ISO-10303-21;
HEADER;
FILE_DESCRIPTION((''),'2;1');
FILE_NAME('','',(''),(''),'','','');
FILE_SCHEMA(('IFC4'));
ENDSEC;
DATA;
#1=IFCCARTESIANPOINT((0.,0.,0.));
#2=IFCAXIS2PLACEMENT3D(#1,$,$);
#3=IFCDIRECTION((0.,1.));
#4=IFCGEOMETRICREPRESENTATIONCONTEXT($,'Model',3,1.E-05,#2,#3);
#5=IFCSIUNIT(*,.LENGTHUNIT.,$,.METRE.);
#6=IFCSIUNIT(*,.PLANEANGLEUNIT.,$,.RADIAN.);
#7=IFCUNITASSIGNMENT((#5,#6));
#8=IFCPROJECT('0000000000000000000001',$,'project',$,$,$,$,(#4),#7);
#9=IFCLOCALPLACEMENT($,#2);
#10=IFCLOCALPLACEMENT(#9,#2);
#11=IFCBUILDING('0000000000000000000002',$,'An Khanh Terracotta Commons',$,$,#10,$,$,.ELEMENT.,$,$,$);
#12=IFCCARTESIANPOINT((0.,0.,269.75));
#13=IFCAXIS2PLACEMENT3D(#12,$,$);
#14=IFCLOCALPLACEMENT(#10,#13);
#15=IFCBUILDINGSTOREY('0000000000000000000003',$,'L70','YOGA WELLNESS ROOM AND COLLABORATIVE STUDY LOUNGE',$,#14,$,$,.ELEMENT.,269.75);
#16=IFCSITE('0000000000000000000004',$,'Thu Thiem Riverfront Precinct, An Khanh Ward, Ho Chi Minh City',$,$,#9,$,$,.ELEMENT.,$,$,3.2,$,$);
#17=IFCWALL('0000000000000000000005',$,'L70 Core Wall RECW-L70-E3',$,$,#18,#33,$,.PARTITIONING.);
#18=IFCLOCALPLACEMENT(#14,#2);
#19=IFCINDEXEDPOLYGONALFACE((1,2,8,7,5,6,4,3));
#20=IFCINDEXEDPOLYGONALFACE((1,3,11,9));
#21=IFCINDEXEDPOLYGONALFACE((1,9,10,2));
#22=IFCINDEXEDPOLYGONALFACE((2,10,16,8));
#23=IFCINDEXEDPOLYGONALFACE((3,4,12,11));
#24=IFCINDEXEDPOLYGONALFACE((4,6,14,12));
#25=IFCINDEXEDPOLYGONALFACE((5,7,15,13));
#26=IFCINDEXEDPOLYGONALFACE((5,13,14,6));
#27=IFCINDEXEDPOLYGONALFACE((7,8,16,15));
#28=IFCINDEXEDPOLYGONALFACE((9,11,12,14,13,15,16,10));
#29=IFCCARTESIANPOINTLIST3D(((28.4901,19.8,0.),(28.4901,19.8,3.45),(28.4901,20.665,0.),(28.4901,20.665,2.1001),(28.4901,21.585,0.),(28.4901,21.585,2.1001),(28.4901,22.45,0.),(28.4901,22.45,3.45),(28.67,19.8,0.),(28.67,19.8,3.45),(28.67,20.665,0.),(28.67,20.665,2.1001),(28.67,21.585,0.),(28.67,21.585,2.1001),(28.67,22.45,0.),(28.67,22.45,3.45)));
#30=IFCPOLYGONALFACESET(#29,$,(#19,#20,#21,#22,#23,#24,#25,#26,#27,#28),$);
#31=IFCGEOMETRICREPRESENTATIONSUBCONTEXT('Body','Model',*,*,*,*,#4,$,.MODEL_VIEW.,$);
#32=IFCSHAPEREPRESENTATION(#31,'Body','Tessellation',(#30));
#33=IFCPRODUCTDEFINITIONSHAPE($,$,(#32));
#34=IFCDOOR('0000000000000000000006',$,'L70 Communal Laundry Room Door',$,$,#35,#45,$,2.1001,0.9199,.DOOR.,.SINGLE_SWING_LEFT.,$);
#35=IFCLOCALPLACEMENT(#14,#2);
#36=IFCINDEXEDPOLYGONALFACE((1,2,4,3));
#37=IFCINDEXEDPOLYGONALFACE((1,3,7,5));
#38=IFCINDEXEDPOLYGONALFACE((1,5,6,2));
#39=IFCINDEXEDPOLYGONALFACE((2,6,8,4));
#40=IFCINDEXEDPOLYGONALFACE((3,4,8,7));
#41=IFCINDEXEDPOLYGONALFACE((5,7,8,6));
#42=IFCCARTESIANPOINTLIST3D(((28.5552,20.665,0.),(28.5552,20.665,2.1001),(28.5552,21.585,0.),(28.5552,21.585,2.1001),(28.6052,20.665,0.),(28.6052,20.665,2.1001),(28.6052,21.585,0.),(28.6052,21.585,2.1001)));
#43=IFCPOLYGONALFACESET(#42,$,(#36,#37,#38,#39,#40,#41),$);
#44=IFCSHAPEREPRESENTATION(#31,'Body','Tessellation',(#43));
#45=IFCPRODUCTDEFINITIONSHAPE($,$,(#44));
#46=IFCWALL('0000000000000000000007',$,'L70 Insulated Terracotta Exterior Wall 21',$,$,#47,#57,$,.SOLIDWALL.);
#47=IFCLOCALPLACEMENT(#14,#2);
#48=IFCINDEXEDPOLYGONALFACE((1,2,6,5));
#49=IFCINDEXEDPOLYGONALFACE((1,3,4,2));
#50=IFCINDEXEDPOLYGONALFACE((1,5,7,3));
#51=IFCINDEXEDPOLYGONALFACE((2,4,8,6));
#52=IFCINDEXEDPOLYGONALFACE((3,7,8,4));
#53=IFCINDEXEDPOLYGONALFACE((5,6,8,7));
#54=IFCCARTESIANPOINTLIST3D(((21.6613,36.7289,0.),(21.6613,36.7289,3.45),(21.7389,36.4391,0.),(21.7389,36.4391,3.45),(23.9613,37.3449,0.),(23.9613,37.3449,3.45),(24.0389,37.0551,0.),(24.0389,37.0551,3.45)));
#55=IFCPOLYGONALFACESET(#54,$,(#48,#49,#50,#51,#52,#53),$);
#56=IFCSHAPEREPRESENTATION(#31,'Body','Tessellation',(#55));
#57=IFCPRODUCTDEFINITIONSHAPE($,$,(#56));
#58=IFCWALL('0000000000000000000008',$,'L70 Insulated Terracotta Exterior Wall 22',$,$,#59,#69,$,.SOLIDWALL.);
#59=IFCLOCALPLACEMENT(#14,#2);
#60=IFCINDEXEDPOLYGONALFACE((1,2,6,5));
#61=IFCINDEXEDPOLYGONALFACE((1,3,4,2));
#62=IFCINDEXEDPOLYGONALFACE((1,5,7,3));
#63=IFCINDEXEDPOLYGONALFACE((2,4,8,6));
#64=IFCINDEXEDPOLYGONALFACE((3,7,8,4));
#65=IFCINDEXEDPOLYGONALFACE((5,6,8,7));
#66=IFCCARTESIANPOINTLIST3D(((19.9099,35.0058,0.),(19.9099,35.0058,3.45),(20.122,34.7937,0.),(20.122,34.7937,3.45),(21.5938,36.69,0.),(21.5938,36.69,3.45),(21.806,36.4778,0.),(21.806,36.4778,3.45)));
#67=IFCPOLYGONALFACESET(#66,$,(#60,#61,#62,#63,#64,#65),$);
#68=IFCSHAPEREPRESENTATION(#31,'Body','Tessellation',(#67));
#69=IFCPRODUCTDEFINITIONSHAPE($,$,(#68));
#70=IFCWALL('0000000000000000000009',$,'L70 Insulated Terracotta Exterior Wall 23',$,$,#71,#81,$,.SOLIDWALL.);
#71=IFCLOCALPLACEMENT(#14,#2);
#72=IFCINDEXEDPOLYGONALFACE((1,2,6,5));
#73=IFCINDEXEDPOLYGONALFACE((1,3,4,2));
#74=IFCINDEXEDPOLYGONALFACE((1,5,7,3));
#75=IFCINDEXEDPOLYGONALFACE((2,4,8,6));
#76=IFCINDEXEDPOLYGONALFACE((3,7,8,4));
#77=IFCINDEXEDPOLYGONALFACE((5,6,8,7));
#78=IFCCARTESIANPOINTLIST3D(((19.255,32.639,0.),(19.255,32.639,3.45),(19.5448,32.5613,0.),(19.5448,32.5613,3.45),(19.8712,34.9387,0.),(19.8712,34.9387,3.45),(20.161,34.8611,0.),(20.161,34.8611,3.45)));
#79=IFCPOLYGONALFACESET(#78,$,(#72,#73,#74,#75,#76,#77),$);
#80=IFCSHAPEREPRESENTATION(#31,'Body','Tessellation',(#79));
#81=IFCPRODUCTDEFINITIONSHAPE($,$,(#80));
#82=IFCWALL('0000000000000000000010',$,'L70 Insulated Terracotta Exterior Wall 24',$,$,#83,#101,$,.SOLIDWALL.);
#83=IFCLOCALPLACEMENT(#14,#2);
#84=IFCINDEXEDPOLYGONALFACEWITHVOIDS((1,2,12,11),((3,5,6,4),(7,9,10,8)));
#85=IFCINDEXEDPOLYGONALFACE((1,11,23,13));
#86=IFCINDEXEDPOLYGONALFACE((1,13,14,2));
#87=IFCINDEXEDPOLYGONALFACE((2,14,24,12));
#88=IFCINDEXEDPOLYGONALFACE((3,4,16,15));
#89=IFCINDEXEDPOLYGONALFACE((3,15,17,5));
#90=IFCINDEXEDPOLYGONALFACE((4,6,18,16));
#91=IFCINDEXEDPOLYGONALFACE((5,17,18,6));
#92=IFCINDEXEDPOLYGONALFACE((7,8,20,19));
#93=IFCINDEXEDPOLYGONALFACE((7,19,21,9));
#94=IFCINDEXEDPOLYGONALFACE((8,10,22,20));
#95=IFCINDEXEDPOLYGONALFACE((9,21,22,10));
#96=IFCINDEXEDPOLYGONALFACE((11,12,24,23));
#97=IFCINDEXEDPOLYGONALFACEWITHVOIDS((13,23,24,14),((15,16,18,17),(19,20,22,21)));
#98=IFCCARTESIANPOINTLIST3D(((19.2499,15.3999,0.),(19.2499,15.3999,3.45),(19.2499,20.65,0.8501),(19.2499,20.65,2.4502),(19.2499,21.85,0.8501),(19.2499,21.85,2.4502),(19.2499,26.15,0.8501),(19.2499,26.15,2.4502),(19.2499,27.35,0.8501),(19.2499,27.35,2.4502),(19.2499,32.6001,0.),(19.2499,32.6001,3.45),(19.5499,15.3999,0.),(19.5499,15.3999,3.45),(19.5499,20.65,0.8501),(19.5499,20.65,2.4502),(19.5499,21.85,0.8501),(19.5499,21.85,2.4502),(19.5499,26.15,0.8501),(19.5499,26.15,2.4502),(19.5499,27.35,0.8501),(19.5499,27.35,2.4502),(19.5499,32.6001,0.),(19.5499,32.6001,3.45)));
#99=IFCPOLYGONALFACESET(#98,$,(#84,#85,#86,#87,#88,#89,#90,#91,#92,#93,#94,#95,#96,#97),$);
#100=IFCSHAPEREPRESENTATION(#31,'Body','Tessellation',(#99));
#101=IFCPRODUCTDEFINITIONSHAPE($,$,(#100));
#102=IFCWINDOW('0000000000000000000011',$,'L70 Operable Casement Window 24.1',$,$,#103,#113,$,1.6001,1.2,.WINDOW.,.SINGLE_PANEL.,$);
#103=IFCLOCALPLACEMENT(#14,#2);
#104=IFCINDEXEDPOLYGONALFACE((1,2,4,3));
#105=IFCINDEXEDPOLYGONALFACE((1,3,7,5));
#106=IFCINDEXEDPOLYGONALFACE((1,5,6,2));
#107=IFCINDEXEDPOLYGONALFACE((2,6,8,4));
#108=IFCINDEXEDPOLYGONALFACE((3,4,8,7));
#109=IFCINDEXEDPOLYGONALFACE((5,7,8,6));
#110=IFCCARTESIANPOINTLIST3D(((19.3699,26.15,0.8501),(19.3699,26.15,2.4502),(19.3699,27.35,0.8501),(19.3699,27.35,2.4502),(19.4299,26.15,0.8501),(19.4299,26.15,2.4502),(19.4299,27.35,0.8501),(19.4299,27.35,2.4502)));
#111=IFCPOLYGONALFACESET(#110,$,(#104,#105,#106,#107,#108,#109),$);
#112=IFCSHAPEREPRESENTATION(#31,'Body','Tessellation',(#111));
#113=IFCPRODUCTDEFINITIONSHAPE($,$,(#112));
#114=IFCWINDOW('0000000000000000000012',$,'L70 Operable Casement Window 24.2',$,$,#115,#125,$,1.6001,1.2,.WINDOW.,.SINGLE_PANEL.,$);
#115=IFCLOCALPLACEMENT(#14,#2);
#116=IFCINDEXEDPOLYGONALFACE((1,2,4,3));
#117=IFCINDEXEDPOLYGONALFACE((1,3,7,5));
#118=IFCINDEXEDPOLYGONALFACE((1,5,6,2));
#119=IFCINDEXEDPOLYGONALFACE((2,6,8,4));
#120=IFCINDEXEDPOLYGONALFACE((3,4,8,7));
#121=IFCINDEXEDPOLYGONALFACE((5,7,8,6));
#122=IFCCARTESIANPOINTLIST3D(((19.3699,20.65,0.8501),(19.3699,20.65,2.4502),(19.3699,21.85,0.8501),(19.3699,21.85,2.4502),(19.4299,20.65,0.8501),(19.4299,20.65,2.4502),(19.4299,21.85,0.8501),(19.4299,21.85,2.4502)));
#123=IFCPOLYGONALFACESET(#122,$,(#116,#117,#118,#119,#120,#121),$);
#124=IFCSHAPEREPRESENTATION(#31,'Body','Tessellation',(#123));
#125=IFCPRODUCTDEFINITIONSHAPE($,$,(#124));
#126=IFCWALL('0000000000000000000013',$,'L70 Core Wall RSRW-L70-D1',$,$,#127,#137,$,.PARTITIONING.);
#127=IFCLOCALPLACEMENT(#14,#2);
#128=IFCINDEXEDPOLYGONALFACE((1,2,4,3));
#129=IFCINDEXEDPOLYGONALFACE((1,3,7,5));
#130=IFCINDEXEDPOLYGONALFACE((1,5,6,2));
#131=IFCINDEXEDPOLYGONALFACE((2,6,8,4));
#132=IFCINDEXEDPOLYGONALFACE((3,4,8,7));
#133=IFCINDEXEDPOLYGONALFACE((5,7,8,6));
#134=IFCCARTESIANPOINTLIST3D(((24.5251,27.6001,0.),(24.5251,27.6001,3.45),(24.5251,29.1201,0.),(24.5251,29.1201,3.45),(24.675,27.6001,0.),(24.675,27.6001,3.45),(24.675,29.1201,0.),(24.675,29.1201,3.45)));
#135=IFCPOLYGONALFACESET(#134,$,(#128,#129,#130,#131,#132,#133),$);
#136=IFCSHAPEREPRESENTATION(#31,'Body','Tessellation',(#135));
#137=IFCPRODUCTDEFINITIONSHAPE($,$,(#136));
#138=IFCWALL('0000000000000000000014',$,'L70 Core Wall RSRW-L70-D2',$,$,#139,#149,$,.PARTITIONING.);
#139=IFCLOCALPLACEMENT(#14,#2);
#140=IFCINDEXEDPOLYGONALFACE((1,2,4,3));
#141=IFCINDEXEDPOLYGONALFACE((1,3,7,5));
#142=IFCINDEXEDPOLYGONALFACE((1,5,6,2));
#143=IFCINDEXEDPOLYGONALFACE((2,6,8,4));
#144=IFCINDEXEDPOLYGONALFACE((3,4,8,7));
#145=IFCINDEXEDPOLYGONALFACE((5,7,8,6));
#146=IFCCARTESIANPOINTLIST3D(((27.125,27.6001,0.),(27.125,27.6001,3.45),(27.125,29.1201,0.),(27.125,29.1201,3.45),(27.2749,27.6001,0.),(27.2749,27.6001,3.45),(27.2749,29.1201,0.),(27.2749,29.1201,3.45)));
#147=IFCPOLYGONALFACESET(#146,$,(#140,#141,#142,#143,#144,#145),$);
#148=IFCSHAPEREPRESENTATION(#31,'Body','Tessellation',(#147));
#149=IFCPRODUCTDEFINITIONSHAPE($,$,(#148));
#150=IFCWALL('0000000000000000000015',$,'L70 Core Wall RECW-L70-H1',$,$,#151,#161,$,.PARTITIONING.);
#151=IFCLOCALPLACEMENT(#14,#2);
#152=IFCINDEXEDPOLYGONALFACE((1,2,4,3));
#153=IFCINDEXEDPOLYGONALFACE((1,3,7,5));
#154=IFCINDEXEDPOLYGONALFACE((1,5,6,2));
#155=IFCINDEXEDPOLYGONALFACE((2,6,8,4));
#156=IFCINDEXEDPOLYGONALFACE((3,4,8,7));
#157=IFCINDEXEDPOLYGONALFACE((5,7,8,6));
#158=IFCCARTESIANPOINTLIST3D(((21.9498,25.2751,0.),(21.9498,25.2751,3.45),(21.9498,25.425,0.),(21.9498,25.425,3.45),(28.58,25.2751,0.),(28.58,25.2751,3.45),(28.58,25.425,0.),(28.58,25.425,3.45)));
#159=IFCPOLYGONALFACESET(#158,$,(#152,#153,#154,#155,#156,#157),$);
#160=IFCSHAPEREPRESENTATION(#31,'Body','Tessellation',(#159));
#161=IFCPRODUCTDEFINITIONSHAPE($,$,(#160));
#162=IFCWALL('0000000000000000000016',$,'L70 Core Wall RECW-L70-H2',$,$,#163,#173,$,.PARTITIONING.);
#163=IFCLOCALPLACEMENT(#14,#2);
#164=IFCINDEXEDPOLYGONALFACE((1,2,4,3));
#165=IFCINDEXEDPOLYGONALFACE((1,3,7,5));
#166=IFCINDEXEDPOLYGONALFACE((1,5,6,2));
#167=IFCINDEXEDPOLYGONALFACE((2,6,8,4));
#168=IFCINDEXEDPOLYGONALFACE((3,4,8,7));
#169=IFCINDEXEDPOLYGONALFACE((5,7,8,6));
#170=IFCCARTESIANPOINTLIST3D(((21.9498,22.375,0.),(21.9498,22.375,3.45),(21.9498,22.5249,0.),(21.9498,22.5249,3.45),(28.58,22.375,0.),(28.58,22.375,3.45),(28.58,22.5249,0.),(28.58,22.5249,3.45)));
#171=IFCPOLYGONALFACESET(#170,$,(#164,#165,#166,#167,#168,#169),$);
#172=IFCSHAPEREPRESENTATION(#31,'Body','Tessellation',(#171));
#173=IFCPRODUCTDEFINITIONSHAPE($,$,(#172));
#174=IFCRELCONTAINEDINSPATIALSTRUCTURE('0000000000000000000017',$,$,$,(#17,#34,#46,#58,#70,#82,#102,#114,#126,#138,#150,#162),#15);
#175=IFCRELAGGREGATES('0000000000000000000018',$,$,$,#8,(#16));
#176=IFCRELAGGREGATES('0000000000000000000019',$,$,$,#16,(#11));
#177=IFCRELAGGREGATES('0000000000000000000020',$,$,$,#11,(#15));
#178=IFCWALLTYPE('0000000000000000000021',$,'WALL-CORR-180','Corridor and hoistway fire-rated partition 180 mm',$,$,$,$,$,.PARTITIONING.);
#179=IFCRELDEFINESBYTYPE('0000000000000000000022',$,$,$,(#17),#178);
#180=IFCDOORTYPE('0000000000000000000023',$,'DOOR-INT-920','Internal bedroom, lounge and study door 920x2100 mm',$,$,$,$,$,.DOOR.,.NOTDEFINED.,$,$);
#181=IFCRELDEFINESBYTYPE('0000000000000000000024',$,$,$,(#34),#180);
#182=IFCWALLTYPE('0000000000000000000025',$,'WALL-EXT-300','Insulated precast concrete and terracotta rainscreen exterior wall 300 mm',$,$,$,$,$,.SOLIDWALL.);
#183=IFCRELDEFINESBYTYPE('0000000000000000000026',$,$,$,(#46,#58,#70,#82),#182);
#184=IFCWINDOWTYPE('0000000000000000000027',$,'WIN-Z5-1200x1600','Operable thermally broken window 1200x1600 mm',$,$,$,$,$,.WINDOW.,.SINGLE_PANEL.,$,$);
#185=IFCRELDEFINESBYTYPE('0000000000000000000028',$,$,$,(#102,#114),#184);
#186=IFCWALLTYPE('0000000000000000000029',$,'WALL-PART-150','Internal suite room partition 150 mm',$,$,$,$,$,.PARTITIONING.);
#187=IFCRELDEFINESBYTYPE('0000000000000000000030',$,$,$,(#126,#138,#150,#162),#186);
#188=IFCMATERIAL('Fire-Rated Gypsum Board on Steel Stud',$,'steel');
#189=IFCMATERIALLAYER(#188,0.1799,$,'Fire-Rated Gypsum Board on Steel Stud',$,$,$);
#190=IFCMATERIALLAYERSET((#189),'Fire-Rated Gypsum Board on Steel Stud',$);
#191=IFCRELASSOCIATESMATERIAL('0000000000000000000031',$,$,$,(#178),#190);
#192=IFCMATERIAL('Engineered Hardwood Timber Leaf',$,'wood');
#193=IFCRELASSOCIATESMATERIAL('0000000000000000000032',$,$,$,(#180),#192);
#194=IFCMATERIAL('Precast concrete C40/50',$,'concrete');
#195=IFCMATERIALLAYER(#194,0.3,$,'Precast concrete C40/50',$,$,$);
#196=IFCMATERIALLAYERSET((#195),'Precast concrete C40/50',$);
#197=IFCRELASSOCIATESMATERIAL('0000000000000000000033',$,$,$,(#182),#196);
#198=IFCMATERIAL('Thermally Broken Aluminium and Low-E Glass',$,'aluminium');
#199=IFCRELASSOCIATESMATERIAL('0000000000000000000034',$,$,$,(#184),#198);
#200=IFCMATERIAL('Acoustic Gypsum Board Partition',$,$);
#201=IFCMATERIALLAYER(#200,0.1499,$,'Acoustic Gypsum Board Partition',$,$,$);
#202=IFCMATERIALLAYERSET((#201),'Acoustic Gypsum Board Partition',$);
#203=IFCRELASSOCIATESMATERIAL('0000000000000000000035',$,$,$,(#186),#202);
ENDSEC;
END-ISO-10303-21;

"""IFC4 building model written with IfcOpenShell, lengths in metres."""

from ifc_helpers import new_model, si_unit, direction, frame, frame_2d, origin, place, context, subcontext, project, spatial, rectangle, extrude, material, layer, layer_set, type_object, element, fill, save


model = new_model("IFC4")

# Units and contexts
model_context = context("Model", 3, precision=1e-05, world=origin(), true_north=direction((0.0, 1.0)))
body_context = subcontext(model_context, "Body", "Model", "MODEL_VIEW")
ifc_project = project(units=[si_unit("LENGTHUNIT", "METRE"), si_unit("PLANEANGLEUNIT", "RADIAN")], contexts=[model_context])

# Site, building, storey
site_placement = place(None, origin())
site = spatial("IfcSite", under=ifc_project, at=site_placement, Name="Thu Thiem Riverfront Precinct, An Khanh Ward, Ho Chi Minh City", CompositionType="ELEMENT", RefElevation=3.2)
building_placement = place(site_placement, origin())
building = spatial("IfcBuilding", under=site, at=building_placement, Name="An Khanh Terracotta Commons", CompositionType="ELEMENT")
storey_placement = place(building_placement, frame((0.0, 0.0, 269.75)))
storey = spatial("IfcBuildingStorey", under=building, at=storey_placement, Name="L70", Description="YOGA WELLNESS ROOM AND COLLABORATIVE STUDY LOUNGE", CompositionType="ELEMENT", Elevation=269.75)

# Shared definitions
ifc_material_1 = material(Name="Fire-Rated Gypsum Board on Steel Stud", Category="steel")
ifc_layer_1 = layer(ifc_material_1, 0.1799, Name="Fire-Rated Gypsum Board on Steel Stud")
ifc_layer_set_1 = layer_set([ifc_layer_1], Name="Fire-Rated Gypsum Board on Steel Stud")
wall_type_1 = type_object("IfcWallType", Name="WALL-CORR-180", Description="Corridor and hoistway fire-rated partition 180 mm", PredefinedType="PARTITIONING", material=ifc_layer_set_1)

# Wall, opening, door
ifc_material_2 = material(Name="Engineered Hardwood Timber Leaf", Category="wood")
door_type = type_object("IfcDoorType", Name="DOOR-INT-920", Description="Internal bedroom, lounge and study door 920x2100 mm", OperationType="NOTDEFINED", PredefinedType="DOOR", material=ifc_material_2)
wall_1_placement = place(storey_placement, frame((28.5801, 19.8, 0.0), z_axis=(0.0, 0.0, 1.0), x_axis=(0.0, 1.0, 0.0)))
wall_1 = element("IfcWall", 1, at=wall_1_placement, inside=storey, type_object=wall_type_1, Name="L70 Core Wall RECW-L70-E3", PredefinedType="PARTITIONING", context=body_context, shape_type="SweptSolid", body=[
    extrude(rectangle(XDim=2.6499, YDim=0.1799, at=frame_2d((1.325, 0.0))), origin(), (0.0, 0.0, 1.0), 3.45),
])
opening_1_placement = place(wall_1_placement, frame((0.865, 0.0, 0.0)))
opening_1 = element("IfcOpeningElement", 2, at=opening_1_placement, cuts=wall_1, PredefinedType="OPENING", context=body_context, shape_type="SweptSolid", body=[
    extrude(rectangle(XDim=0.9199, YDim=2.1001, at=frame_2d((0.46, 1.05))), frame((0.0, 0.0999, 0.0), z_axis=(0.0, -1.0, 0.0), x_axis=(1.0, 0.0, 0.0)), (0.0, 0.0, 1.0), 0.2),
])
door_1_placement = place(opening_1_placement, origin())
door_1 = element("IfcDoor", 3, at=door_1_placement, inside=storey, type_object=door_type, Name="L70 Communal Laundry Room Door", OperationType="SINGLE_SWING_LEFT", OverallHeight=2.1001, OverallWidth=0.9199, PredefinedType="DOOR", context=body_context, shape_type="SweptSolid", body=[
    extrude(rectangle(XDim=0.9199, YDim=2.1001, at=frame_2d((0.46, 1.05))), frame((0.0, 0.0249, 0.0), z_axis=(0.0, -1.0, 0.0), x_axis=(1.0, 0.0, 0.0)), (0.0, 0.0, 1.0), 0.05),
])
fill(opening_1, door_1)

# Walls
ifc_material_3 = material(Name="Precast concrete C40/50", Category="concrete")
ifc_layer_2 = layer(ifc_material_3, 0.3, Name="Precast concrete C40/50")
ifc_layer_set_2 = layer_set([ifc_layer_2], Name="Precast concrete C40/50")
wall_type_2 = type_object("IfcWallType", Name="WALL-EXT-300", Description="Insulated precast concrete and terracotta rainscreen exterior wall 300 mm", PredefinedType="SOLIDWALL", material=ifc_layer_set_2)
wall_2_placement = place(storey_placement, frame((24.0, 37.2, 0.0), z_axis=(0.0, 0.0, 1.0), x_axis=(-0.96596, -0.25869, 0.0)))
element("IfcWall", 4, at=wall_2_placement, inside=storey, type_object=wall_type_2, Name="L70 Insulated Terracotta Exterior Wall 21", PredefinedType="SOLIDWALL", context=body_context, shape_type="SweptSolid", body=[
    extrude(rectangle(XDim=2.3811, YDim=0.3, at=frame_2d((1.1904, 0.0))), origin(), (0.0, 0.0, 1.0), 3.45),
])
wall_3_placement = place(storey_placement, frame((21.7, 36.584, 0.0), z_axis=(0.0, 0.0, 1.0), x_axis=(-0.707056, -0.707158, 0.0)))
element("IfcWall", 5, at=wall_3_placement, inside=storey, type_object=wall_type_2, Name="L70 Insulated Terracotta Exterior Wall 22", PredefinedType="SOLIDWALL", context=body_context, shape_type="SweptSolid", body=[
    extrude(rectangle(XDim=2.3816, YDim=0.3, at=frame_2d((1.1909, 0.0))), origin(), (0.0, 0.0, 1.0), 3.45),
])
wall_4_placement = place(storey_placement, frame((20.0161, 34.8999, 0.0), z_axis=(0.0, 0.0, 1.0), x_axis=(-0.258811, -0.965928, 0.0)))
element("IfcWall", 6, at=wall_4_placement, inside=storey, type_object=wall_type_2, Name="L70 Insulated Terracotta Exterior Wall 23", PredefinedType="SOLIDWALL", context=body_context, shape_type="SweptSolid", body=[
    extrude(rectangle(XDim=2.3809, YDim=0.3, at=frame_2d((1.1904, 0.0))), origin(), (0.0, 0.0, 1.0), 3.45),
])

# Wall, openings, windows
wall_5_placement = place(storey_placement, frame((19.3999, 32.6001, 0.0), z_axis=(0.0, 0.0, 1.0), x_axis=(0.0, -1.0, 0.0)))
wall_5 = element("IfcWall", 7, at=wall_5_placement, inside=storey, type_object=wall_type_2, Name="L70 Insulated Terracotta Exterior Wall 24", PredefinedType="SOLIDWALL", context=body_context, shape_type="SweptSolid", body=[
    extrude(rectangle(XDim=17.2002, YDim=0.3, at=frame_2d((8.6001, 0.0))), origin(), (0.0, 0.0, 1.0), 3.45),
])
opening_2_placement = place(wall_5_placement, frame((5.25, 0.0, 0.8501)))
opening_2 = element("IfcOpeningElement", 8, at=opening_2_placement, cuts=wall_5, PredefinedType="OPENING", context=body_context, shape_type="SweptSolid", body=[
    extrude(rectangle(XDim=1.2, YDim=1.6001, at=frame_2d((0.6001, 0.8))), frame((0.0, 0.1599, 0.0), z_axis=(0.0, -1.0, 0.0), x_axis=(1.0, 0.0, 0.0)), (0.0, 0.0, 1.0), 0.3201),
])
opening_3_placement = place(wall_5_placement, frame((10.75, 0.0, 0.8501)))
opening_3 = element("IfcOpeningElement", 9, at=opening_3_placement, cuts=wall_5, PredefinedType="OPENING", context=body_context, shape_type="SweptSolid", body=[
    extrude(rectangle(XDim=1.2, YDim=1.6001, at=frame_2d((0.6001, 0.8))), frame((0.0, 0.1599, 0.0), z_axis=(0.0, -1.0, 0.0), x_axis=(1.0, 0.0, 0.0)), (0.0, 0.0, 1.0), 0.3201),
])
ifc_material_4 = material(Name="Thermally Broken Aluminium and Low-E Glass", Category="aluminium")
window_type = type_object("IfcWindowType", Name="WIN-Z5-1200x1600", Description="Operable thermally broken window 1200x1600 mm", PartitioningType="SINGLE_PANEL", PredefinedType="WINDOW", material=ifc_material_4)
window_1_placement = place(opening_2_placement, origin())
window_1 = element("IfcWindow", 10, at=window_1_placement, inside=storey, type_object=window_type, Name="L70 Operable Casement Window 24.1", OverallHeight=1.6001, OverallWidth=1.2, PartitioningType="SINGLE_PANEL", PredefinedType="WINDOW", context=body_context, shape_type="SweptSolid", body=[
    extrude(rectangle(XDim=1.2, YDim=1.6001, at=frame_2d((0.6001, 0.8))), frame((0.0, 0.03, 0.0), z_axis=(0.0, -1.0, 0.0), x_axis=(1.0, 0.0, 0.0)), (0.0, 0.0, 1.0), 0.0601),
])
fill(opening_2, window_1)
window_2_placement = place(opening_3_placement, origin())
window_2 = element("IfcWindow", 11, at=window_2_placement, inside=storey, type_object=window_type, Name="L70 Operable Casement Window 24.2", OverallHeight=1.6001, OverallWidth=1.2, PartitioningType="SINGLE_PANEL", PredefinedType="WINDOW", context=body_context, shape_type="SweptSolid", body=[
    extrude(rectangle(XDim=1.2, YDim=1.6001, at=frame_2d((0.6001, 0.8))), frame((0.0, 0.03, 0.0), z_axis=(0.0, -1.0, 0.0), x_axis=(1.0, 0.0, 0.0)), (0.0, 0.0, 1.0), 0.0601),
])
fill(opening_3, window_2)

# Walls
ifc_material_5 = material(Name="Acoustic Gypsum Board Partition")
ifc_layer_3 = layer(ifc_material_5, 0.1499, Name="Acoustic Gypsum Board Partition")
ifc_layer_set_3 = layer_set([ifc_layer_3], Name="Acoustic Gypsum Board Partition")
wall_type_3 = type_object("IfcWallType", Name="WALL-PART-150", Description="Internal suite room partition 150 mm", PredefinedType="PARTITIONING", material=ifc_layer_set_3)
for number, where, z_axis, x_axis, name in (
    (12, (24.6001, 27.6001, 0.0), (0.0, 0.0, 1.0), (0.0, 1.0, 0.0), "L70 Core Wall RSRW-L70-D1"),
    (13, (27.2, 27.6001, 0.0), (0.0, 0.0, 1.0), (0.0, 1.0, 0.0), "L70 Core Wall RSRW-L70-D2"),
):
    element("IfcWall", number, at=place(storey_placement, frame(where, z_axis=z_axis, x_axis=x_axis)), inside=storey, type_object=wall_type_3, Name=name, PredefinedType="PARTITIONING", context=body_context, shape_type="SweptSolid", body=[
        extrude(rectangle(XDim=1.52, YDim=0.1499, at=frame_2d((0.76, 0.0))), origin(), (0.0, 0.0, 1.0), 3.45),
    ])
for number, where, z_axis, x_axis, name in (
    (14, (21.95, 25.3501, 0.0), (0.0, 0.0, 1.0), (1.0, 0.0, 0.0), "L70 Core Wall RECW-L70-H1"),
    (15, (21.95, 22.45, 0.0), (0.0, 0.0, 1.0), (1.0, 0.0, 0.0), "L70 Core Wall RECW-L70-H2"),
):
    element("IfcWall", number, at=place(storey_placement, frame(where, z_axis=z_axis, x_axis=x_axis)), inside=storey, type_object=wall_type_3, Name=name, PredefinedType="PARTITIONING", context=body_context, shape_type="SweptSolid", body=[
        extrude(rectangle(XDim=6.6301, YDim=0.1499, at=frame_2d((3.3149, 0.0))), origin(), (0.0, 0.0, 1.0), 3.45),
    ])

save(model, "model.ifc")
